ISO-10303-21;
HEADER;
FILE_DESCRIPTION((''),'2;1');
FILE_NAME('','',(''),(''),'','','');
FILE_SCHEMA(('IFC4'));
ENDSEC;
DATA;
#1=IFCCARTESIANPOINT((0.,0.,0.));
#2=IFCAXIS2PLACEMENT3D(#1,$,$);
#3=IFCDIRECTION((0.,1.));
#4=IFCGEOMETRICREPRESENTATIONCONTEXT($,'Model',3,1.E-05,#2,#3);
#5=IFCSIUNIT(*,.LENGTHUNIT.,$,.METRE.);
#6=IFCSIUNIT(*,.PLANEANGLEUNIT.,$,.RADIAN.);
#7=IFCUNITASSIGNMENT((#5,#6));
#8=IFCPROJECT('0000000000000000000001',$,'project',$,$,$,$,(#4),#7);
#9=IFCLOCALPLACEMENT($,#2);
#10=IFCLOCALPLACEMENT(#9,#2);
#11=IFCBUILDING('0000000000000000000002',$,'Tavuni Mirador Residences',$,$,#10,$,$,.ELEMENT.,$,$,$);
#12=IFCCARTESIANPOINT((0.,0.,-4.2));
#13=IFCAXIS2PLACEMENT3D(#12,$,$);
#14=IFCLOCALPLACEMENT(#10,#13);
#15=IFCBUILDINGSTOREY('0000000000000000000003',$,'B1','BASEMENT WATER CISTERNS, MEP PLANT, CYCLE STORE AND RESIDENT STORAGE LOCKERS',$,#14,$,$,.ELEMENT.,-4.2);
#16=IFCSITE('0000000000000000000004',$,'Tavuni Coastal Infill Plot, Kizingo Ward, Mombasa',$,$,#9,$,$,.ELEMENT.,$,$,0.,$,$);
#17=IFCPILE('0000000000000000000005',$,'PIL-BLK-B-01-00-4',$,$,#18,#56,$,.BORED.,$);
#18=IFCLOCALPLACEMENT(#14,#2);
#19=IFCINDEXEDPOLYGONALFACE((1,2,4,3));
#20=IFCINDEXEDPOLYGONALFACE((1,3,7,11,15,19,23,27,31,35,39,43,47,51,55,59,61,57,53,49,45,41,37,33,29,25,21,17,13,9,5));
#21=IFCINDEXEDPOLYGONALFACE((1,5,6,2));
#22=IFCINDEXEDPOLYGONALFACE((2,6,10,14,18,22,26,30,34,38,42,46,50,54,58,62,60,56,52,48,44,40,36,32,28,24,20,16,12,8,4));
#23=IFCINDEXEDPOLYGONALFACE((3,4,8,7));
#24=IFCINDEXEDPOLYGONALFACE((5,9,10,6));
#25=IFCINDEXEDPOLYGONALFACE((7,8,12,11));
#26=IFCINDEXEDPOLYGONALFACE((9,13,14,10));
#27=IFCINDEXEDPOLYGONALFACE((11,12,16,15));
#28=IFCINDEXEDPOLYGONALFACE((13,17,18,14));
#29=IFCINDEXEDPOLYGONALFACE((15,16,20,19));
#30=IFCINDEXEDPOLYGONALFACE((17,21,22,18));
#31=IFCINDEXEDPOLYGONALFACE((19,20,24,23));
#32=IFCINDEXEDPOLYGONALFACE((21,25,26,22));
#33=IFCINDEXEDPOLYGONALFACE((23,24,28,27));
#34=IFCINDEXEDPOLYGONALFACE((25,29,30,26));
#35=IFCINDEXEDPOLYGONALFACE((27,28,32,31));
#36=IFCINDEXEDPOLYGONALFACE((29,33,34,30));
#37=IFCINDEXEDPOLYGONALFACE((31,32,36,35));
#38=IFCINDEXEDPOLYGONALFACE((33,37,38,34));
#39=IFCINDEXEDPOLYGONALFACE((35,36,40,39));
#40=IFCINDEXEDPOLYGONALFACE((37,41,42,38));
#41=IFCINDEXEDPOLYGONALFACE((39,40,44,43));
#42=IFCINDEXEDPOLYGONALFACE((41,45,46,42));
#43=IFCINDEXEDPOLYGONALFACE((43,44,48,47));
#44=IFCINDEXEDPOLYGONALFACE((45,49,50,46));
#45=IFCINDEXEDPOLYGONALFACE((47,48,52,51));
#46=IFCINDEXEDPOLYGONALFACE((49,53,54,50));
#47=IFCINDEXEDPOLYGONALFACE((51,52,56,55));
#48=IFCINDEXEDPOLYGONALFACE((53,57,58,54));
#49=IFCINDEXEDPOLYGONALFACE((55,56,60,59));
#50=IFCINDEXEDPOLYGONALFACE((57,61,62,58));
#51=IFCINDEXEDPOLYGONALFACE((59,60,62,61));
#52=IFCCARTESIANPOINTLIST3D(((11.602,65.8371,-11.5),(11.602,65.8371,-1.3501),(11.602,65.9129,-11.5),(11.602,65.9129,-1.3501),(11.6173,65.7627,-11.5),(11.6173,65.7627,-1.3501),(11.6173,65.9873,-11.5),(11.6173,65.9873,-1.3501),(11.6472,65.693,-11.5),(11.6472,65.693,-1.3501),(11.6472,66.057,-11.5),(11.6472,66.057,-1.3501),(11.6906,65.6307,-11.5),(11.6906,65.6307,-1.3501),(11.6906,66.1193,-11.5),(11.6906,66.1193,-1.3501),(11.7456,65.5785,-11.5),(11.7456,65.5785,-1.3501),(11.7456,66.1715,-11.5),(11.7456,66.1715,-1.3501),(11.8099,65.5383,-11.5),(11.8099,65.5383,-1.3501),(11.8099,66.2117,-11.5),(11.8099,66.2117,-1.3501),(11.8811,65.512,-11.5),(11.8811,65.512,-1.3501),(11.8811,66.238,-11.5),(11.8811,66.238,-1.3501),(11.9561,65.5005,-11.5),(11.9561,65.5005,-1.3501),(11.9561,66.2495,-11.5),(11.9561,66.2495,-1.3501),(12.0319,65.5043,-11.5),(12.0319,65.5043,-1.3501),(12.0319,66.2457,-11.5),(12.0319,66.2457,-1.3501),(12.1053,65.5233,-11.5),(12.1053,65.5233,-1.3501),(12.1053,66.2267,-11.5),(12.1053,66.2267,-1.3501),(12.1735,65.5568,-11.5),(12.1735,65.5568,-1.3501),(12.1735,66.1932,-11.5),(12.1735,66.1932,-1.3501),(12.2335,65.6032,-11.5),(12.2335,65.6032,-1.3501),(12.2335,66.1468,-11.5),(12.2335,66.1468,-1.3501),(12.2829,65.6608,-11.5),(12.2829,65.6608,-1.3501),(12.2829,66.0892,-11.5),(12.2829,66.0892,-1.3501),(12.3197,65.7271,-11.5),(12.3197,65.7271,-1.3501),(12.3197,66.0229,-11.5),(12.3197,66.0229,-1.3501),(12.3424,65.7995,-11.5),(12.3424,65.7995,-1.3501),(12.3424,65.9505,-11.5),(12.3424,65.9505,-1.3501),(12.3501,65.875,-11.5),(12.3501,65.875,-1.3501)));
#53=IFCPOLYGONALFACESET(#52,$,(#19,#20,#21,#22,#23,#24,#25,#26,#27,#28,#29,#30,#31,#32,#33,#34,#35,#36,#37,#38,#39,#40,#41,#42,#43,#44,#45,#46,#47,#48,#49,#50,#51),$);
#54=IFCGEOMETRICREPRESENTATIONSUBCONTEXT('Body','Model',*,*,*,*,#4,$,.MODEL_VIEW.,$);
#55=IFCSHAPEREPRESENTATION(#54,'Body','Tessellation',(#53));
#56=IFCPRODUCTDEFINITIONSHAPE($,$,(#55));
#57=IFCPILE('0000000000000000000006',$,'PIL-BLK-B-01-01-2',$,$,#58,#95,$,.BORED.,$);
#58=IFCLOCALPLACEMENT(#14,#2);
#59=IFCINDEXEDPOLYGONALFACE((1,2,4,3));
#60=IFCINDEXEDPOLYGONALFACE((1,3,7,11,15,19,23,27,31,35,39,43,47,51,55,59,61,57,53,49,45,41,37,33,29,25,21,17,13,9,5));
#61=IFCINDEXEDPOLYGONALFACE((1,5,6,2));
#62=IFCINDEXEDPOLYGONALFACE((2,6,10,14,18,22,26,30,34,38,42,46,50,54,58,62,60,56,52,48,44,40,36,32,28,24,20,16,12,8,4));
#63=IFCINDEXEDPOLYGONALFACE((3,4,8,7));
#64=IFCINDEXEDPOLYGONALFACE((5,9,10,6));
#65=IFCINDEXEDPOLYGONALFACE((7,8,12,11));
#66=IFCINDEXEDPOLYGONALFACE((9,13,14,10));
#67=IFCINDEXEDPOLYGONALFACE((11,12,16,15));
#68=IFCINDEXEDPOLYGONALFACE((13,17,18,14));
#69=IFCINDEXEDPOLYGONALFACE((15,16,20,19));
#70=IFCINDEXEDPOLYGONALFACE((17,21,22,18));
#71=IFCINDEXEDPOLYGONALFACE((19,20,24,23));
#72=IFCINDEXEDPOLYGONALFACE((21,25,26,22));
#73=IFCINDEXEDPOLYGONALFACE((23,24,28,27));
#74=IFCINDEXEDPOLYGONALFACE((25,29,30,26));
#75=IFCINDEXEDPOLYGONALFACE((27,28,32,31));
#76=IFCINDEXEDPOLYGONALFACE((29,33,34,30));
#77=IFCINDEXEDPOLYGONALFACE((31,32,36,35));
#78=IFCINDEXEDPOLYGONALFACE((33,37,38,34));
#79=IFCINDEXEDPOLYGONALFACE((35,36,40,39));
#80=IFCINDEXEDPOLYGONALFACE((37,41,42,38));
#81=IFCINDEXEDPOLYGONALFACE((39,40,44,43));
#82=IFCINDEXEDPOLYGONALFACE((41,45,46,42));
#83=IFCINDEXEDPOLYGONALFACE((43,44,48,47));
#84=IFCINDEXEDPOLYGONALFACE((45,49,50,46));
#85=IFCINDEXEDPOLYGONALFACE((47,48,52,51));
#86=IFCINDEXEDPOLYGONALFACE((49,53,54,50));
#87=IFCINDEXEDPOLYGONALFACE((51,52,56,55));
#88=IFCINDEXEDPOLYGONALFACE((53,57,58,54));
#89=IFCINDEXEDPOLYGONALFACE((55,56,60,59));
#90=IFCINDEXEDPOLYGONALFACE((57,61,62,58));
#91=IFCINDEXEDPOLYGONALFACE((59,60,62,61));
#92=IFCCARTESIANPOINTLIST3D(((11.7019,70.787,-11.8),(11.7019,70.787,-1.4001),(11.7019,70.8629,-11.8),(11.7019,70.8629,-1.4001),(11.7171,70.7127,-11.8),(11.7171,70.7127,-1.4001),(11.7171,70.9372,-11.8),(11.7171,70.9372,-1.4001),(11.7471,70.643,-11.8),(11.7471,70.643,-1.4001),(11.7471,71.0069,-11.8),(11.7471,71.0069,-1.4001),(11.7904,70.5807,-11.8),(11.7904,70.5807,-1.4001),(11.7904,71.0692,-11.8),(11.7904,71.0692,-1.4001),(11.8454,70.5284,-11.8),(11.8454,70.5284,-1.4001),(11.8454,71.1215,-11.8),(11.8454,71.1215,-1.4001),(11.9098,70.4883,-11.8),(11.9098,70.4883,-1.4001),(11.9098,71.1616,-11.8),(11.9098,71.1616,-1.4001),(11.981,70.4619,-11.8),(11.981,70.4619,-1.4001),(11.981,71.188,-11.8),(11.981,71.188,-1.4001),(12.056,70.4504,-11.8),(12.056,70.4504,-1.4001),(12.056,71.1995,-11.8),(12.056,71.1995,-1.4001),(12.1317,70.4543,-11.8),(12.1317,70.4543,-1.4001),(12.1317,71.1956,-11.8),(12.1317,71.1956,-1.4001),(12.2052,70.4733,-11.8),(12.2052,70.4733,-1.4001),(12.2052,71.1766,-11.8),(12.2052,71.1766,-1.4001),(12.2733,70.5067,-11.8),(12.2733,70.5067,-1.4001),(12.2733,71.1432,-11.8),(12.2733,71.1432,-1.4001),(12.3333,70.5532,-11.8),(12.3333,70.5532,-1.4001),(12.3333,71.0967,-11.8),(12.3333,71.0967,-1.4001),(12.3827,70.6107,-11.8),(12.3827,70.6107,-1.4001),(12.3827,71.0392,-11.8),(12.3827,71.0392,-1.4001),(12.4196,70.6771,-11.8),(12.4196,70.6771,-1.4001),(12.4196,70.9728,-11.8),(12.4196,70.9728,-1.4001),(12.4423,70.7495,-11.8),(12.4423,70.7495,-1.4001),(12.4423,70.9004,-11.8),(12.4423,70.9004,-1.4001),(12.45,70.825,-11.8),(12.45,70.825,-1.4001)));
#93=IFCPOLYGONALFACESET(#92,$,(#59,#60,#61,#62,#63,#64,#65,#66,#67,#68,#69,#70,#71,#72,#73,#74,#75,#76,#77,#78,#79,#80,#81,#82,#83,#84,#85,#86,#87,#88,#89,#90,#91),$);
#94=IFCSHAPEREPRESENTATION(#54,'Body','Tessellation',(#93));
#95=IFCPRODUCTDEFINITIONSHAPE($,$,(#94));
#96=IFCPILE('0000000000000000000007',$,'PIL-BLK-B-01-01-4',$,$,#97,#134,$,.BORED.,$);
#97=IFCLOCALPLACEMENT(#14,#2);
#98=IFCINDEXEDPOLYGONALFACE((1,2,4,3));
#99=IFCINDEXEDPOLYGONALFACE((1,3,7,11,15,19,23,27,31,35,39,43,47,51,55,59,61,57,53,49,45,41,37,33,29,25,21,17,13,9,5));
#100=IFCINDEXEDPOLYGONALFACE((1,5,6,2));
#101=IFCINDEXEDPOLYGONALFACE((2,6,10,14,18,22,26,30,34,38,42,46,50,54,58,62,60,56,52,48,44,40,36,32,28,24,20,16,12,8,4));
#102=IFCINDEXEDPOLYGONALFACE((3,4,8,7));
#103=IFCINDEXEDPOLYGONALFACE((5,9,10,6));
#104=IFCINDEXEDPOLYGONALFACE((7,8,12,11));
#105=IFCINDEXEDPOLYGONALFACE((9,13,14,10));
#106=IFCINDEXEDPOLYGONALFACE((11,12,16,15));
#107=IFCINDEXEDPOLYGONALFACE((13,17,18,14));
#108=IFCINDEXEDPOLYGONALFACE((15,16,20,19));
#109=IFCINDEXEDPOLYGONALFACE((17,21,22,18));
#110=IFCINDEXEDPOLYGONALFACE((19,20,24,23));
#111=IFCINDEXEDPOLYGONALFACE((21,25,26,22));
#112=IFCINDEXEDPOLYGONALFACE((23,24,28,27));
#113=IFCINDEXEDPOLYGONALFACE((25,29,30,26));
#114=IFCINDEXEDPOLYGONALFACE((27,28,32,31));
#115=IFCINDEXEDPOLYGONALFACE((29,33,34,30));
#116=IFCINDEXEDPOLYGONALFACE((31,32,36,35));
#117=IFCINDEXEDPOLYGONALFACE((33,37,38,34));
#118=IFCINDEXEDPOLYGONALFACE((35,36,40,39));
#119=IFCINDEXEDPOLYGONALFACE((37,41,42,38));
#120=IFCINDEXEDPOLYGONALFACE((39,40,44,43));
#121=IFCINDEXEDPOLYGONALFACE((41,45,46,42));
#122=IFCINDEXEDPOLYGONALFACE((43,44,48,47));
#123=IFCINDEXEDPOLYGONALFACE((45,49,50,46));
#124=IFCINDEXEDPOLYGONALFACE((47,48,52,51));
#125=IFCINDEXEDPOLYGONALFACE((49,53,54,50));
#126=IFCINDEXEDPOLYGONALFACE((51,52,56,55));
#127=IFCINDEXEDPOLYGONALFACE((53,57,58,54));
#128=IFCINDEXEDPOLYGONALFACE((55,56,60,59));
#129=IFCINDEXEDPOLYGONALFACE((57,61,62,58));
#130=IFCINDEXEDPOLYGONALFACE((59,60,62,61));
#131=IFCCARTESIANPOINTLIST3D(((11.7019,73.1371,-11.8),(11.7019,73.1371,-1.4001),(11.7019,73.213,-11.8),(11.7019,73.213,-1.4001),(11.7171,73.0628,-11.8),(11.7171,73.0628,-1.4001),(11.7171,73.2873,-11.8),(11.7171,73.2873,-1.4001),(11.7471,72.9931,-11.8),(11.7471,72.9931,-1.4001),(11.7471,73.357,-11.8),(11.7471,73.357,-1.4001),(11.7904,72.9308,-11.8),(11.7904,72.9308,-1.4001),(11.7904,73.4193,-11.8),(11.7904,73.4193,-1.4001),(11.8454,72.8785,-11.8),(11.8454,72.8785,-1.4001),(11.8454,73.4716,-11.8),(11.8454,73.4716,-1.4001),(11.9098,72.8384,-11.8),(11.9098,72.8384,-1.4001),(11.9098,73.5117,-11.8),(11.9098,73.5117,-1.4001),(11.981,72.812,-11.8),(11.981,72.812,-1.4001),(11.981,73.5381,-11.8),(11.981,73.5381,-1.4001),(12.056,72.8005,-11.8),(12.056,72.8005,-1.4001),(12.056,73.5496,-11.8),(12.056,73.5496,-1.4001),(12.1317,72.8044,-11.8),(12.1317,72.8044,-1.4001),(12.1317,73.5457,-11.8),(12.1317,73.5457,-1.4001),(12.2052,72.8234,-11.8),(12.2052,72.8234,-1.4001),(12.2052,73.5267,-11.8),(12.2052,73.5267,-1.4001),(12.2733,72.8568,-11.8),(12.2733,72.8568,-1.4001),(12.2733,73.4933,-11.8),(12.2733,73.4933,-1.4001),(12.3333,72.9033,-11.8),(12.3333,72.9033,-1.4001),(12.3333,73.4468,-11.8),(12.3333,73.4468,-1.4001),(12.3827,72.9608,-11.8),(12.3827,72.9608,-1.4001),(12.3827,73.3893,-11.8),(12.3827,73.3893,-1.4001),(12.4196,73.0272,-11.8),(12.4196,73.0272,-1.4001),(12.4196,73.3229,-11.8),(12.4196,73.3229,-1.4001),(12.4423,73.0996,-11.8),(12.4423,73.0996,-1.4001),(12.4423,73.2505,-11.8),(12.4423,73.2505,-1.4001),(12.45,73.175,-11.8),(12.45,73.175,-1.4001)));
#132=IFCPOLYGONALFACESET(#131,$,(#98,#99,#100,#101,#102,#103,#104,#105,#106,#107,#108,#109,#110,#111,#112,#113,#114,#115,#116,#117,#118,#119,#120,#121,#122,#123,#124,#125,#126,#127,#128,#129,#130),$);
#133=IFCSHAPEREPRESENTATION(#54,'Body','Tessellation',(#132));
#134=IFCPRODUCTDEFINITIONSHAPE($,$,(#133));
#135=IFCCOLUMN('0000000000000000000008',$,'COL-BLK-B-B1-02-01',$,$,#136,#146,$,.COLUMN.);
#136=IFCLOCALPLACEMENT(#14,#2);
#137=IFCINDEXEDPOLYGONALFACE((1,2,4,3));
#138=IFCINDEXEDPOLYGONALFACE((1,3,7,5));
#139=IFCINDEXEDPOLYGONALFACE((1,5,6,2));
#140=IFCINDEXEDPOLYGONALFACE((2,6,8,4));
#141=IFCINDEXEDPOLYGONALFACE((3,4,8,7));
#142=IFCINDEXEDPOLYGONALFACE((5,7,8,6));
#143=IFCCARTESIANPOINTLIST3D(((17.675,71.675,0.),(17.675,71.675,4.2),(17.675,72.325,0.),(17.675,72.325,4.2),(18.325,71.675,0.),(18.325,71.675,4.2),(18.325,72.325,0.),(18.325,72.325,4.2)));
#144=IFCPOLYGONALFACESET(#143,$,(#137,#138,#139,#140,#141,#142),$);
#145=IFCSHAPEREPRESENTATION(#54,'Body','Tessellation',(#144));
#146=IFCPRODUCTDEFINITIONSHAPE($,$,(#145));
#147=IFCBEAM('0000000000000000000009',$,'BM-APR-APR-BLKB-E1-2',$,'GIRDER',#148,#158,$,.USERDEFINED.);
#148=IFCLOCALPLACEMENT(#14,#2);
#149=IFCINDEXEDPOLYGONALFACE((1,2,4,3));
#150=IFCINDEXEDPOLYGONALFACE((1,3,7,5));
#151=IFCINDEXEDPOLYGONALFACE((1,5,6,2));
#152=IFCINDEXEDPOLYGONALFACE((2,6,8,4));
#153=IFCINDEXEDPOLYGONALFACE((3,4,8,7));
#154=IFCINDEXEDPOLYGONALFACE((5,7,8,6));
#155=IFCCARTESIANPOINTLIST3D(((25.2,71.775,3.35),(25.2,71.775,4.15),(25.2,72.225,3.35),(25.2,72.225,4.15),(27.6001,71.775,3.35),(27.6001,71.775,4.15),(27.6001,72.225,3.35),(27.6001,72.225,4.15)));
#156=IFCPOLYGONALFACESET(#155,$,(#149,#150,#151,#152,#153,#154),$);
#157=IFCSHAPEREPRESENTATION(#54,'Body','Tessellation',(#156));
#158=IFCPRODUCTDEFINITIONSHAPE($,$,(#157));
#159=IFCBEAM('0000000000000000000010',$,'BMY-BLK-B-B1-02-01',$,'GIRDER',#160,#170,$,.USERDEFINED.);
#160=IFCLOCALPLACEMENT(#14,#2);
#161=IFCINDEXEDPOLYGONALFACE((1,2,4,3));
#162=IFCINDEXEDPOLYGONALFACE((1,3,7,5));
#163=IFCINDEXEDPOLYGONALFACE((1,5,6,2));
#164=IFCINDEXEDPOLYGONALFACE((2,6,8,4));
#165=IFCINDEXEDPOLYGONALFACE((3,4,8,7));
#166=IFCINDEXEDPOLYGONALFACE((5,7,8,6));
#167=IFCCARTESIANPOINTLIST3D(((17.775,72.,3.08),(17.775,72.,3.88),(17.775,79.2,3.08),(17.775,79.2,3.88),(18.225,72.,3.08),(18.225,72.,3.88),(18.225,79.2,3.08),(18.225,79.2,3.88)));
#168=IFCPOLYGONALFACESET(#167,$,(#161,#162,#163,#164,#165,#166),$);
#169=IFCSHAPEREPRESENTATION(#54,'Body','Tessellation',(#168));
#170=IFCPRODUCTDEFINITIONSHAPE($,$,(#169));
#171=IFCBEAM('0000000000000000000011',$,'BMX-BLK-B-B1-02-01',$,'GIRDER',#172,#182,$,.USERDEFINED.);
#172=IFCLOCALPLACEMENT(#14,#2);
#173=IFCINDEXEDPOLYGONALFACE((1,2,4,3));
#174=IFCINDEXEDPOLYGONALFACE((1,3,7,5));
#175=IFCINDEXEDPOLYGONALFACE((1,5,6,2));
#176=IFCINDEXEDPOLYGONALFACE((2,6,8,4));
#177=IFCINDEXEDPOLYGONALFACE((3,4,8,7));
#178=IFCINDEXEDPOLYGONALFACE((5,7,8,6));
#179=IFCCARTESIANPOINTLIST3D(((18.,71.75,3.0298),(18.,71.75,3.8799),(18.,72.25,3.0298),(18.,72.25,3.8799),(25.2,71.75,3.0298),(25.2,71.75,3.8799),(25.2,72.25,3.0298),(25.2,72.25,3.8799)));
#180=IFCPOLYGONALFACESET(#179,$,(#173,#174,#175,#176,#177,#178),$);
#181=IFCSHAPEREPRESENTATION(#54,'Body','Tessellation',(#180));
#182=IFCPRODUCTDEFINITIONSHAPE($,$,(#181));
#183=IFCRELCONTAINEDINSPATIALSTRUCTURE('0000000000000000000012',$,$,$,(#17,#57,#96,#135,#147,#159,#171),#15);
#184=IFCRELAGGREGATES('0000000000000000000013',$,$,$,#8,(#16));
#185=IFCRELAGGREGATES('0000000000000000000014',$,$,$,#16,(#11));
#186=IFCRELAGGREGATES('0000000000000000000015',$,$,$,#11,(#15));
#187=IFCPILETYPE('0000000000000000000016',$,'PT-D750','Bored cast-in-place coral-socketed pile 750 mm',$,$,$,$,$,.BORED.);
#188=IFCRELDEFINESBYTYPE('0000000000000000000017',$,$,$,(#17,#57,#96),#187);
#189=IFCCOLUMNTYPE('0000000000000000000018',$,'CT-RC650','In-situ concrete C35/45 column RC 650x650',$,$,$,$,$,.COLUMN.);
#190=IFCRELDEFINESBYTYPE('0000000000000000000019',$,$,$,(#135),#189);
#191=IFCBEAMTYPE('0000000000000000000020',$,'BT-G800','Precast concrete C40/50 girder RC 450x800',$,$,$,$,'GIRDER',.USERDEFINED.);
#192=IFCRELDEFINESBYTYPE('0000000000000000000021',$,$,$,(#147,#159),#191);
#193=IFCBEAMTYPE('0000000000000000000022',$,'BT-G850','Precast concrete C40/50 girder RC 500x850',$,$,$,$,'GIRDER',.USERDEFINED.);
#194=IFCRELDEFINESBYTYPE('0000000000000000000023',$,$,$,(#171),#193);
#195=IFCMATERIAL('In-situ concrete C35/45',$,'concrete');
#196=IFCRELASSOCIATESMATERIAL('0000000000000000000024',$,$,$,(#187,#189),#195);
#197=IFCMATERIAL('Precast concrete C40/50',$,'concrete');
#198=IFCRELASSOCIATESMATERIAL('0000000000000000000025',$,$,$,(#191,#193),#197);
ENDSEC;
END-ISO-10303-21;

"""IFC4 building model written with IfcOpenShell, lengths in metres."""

from ifc_helpers import new_model, si_unit, direction, frame, origin, origin_2d, place, context, subcontext, project, spatial, rectangle, circle, extrude, material, material_profile, profile_set, type_object, element, save


model = new_model("IFC4")

# Units and contexts
model_context = context("Model", 3, precision=1e-05, world=origin(), true_north=direction((0.0, 1.0)))
body_context = subcontext(model_context, "Body", "Model", "MODEL_VIEW")
ifc_project = project(units=[si_unit("LENGTHUNIT", "METRE"), si_unit("PLANEANGLEUNIT", "RADIAN")], contexts=[model_context])

# Site, building, storey
site_placement = place(None, origin())
site = spatial("IfcSite", under=ifc_project, at=site_placement, Name="Tavuni Coastal Infill Plot, Kizingo Ward, Mombasa", CompositionType="ELEMENT", RefElevation=0.0)
building_placement = place(site_placement, origin())
building = spatial("IfcBuilding", under=site, at=building_placement, Name="Tavuni Mirador Residences", CompositionType="ELEMENT")
storey_placement = place(building_placement, frame((0.0, 0.0, -4.2)))
storey = spatial("IfcBuildingStorey", under=building, at=storey_placement, Name="B1", Description="BASEMENT WATER CISTERNS, MEP PLANT, CYCLE STORE AND RESIDENT STORAGE LOCKERS", CompositionType="ELEMENT", Elevation=-4.2)

# Shared definitions
ifc_material_1 = material(Name="In-situ concrete C35/45", Category="concrete")

# Piles
ifc_material_profile_1 = material_profile(ifc_material_1, circle(Radius=0.375, at=origin_2d()), Name="PILE D750", Category="concrete")
ifc_profile_set_1 = profile_set([ifc_material_profile_1], Name="In-situ concrete C35/45")
pile_type_1 = type_object("IfcPileType", Name="PT-D750", Description="Bored cast-in-place coral-socketed pile 750 mm", PredefinedType="BORED", material=ifc_profile_set_1)
pile_placement = place(storey_placement, frame((11.9751, 65.875, -1.3501), z_axis=(0.0, 0.0, -1.0), x_axis=(1.0, 0.0, 0.0)))
element("IfcPile", 1, at=pile_placement, inside=storey, type_object=pile_type_1, Name="PIL-BLK-B-01-00-4", PredefinedType="BORED", context=body_context, shape_type="SweptSolid", body=[
    extrude(circle(Radius=0.375, at=origin_2d()), origin(), (0.0, 0.0, 1.0), 10.1499),
])
for number, where, z_axis, x_axis, name in (
    (2, (12.075, 70.825, -1.4001), (0.0, 0.0, -1.0), (1.0, 0.0, 0.0), "PIL-BLK-B-01-01-2"),
    (3, (12.075, 73.175, -1.4001), (0.0, 0.0, -1.0), (1.0, 0.0, 0.0), "PIL-BLK-B-01-01-4"),
):
    element("IfcPile", number, at=place(storey_placement, frame(where, z_axis=z_axis, x_axis=x_axis)), inside=storey, type_object=pile_type_1, Name=name, PredefinedType="BORED", context=body_context, shape_type="SweptSolid", body=[
        extrude(circle(Radius=0.375, at=origin_2d()), origin(), (0.0, 0.0, 1.0), 10.3999),
    ])

# Column
ifc_material_profile_2 = material_profile(ifc_material_1, rectangle(XDim=0.6499, YDim=0.6499, at=origin_2d()), Name="RC 650x650", Category="concrete")
ifc_profile_set_2 = profile_set([ifc_material_profile_2], Name="In-situ concrete C35/45")
column_type = type_object("IfcColumnType", Name="CT-RC650", Description="In-situ concrete C35/45 column RC 650x650", PredefinedType="COLUMN", material=ifc_profile_set_2)
column_placement = place(storey_placement, frame((18.0, 72.0, 0.0), z_axis=(0.0, 0.0, 1.0), x_axis=(1.0, 0.0, 0.0)))
element("IfcColumn", 4, at=column_placement, inside=storey, type_object=column_type, Name="COL-BLK-B-B1-02-01", PredefinedType="COLUMN", context=body_context, shape_type="SweptSolid", body=[
    extrude(rectangle(XDim=0.6499, YDim=0.6499, at=origin_2d()), origin(), (0.0, 0.0, 1.0), 4.2),
])

# Beams
ifc_material_2 = material(Name="Precast concrete C40/50", Category="concrete")
ifc_material_profile_3 = material_profile(ifc_material_2, rectangle(XDim=0.45, YDim=0.8, at=origin_2d()), Name="RC 450x800", Category="concrete")
ifc_profile_set_3 = profile_set([ifc_material_profile_3], Name="Precast concrete C40/50")
beam_type_1 = type_object("IfcBeamType", Name="BT-G800", Description="Precast concrete C40/50 girder RC 450x800", ElementType="GIRDER", PredefinedType="USERDEFINED", material=ifc_profile_set_3)
beam_1_placement = place(storey_placement, frame((25.2, 72.0, 3.75), z_axis=(1.0, 0.0, 0.0), x_axis=(0.0, 1.0, 0.0)))
element("IfcBeam", 5, at=beam_1_placement, inside=storey, type_object=beam_type_1, Name="BM-APR-APR-BLKB-E1-2", ObjectType="GIRDER", PredefinedType="USERDEFINED", context=body_context, shape_type="SweptSolid", body=[
    extrude(rectangle(XDim=0.45, YDim=0.8, at=origin_2d()), origin(), (0.0, 0.0, 1.0), 2.4001),
])
beam_2_placement = place(storey_placement, frame((18.0, 72.0, 3.48), z_axis=(0.0, 1.0, 0.0), x_axis=(-1.0, 0.0, 0.0)))
element("IfcBeam", 6, at=beam_2_placement, inside=storey, type_object=beam_type_1, Name="BMY-BLK-B-B1-02-01", ObjectType="GIRDER", PredefinedType="USERDEFINED", context=body_context, shape_type="SweptSolid", body=[
    extrude(rectangle(XDim=0.45, YDim=0.8, at=origin_2d()), origin(), (0.0, 0.0, 1.0), 7.2),
])
ifc_material_profile_4 = material_profile(ifc_material_2, rectangle(XDim=0.5, YDim=0.8501, at=origin_2d()), Name="RC 500x850", Category="concrete")
ifc_profile_set_4 = profile_set([ifc_material_profile_4], Name="Precast concrete C40/50")
beam_type_2 = type_object("IfcBeamType", Name="BT-G850", Description="Precast concrete C40/50 girder RC 500x850", ElementType="GIRDER", PredefinedType="USERDEFINED", material=ifc_profile_set_4)
beam_3_placement = place(storey_placement, frame((18.0, 72.0, 3.4548), z_axis=(1.0, 0.0, 0.0), x_axis=(0.0, 1.0, 0.0)))
element("IfcBeam", 7, at=beam_3_placement, inside=storey, type_object=beam_type_2, Name="BMX-BLK-B-B1-02-01", ObjectType="GIRDER", PredefinedType="USERDEFINED", context=body_context, shape_type="SweptSolid", body=[
    extrude(rectangle(XDim=0.5, YDim=0.8501, at=origin_2d()), origin(), (0.0, 0.0, 1.0), 7.2),
])

save(model, "model.ifc")
